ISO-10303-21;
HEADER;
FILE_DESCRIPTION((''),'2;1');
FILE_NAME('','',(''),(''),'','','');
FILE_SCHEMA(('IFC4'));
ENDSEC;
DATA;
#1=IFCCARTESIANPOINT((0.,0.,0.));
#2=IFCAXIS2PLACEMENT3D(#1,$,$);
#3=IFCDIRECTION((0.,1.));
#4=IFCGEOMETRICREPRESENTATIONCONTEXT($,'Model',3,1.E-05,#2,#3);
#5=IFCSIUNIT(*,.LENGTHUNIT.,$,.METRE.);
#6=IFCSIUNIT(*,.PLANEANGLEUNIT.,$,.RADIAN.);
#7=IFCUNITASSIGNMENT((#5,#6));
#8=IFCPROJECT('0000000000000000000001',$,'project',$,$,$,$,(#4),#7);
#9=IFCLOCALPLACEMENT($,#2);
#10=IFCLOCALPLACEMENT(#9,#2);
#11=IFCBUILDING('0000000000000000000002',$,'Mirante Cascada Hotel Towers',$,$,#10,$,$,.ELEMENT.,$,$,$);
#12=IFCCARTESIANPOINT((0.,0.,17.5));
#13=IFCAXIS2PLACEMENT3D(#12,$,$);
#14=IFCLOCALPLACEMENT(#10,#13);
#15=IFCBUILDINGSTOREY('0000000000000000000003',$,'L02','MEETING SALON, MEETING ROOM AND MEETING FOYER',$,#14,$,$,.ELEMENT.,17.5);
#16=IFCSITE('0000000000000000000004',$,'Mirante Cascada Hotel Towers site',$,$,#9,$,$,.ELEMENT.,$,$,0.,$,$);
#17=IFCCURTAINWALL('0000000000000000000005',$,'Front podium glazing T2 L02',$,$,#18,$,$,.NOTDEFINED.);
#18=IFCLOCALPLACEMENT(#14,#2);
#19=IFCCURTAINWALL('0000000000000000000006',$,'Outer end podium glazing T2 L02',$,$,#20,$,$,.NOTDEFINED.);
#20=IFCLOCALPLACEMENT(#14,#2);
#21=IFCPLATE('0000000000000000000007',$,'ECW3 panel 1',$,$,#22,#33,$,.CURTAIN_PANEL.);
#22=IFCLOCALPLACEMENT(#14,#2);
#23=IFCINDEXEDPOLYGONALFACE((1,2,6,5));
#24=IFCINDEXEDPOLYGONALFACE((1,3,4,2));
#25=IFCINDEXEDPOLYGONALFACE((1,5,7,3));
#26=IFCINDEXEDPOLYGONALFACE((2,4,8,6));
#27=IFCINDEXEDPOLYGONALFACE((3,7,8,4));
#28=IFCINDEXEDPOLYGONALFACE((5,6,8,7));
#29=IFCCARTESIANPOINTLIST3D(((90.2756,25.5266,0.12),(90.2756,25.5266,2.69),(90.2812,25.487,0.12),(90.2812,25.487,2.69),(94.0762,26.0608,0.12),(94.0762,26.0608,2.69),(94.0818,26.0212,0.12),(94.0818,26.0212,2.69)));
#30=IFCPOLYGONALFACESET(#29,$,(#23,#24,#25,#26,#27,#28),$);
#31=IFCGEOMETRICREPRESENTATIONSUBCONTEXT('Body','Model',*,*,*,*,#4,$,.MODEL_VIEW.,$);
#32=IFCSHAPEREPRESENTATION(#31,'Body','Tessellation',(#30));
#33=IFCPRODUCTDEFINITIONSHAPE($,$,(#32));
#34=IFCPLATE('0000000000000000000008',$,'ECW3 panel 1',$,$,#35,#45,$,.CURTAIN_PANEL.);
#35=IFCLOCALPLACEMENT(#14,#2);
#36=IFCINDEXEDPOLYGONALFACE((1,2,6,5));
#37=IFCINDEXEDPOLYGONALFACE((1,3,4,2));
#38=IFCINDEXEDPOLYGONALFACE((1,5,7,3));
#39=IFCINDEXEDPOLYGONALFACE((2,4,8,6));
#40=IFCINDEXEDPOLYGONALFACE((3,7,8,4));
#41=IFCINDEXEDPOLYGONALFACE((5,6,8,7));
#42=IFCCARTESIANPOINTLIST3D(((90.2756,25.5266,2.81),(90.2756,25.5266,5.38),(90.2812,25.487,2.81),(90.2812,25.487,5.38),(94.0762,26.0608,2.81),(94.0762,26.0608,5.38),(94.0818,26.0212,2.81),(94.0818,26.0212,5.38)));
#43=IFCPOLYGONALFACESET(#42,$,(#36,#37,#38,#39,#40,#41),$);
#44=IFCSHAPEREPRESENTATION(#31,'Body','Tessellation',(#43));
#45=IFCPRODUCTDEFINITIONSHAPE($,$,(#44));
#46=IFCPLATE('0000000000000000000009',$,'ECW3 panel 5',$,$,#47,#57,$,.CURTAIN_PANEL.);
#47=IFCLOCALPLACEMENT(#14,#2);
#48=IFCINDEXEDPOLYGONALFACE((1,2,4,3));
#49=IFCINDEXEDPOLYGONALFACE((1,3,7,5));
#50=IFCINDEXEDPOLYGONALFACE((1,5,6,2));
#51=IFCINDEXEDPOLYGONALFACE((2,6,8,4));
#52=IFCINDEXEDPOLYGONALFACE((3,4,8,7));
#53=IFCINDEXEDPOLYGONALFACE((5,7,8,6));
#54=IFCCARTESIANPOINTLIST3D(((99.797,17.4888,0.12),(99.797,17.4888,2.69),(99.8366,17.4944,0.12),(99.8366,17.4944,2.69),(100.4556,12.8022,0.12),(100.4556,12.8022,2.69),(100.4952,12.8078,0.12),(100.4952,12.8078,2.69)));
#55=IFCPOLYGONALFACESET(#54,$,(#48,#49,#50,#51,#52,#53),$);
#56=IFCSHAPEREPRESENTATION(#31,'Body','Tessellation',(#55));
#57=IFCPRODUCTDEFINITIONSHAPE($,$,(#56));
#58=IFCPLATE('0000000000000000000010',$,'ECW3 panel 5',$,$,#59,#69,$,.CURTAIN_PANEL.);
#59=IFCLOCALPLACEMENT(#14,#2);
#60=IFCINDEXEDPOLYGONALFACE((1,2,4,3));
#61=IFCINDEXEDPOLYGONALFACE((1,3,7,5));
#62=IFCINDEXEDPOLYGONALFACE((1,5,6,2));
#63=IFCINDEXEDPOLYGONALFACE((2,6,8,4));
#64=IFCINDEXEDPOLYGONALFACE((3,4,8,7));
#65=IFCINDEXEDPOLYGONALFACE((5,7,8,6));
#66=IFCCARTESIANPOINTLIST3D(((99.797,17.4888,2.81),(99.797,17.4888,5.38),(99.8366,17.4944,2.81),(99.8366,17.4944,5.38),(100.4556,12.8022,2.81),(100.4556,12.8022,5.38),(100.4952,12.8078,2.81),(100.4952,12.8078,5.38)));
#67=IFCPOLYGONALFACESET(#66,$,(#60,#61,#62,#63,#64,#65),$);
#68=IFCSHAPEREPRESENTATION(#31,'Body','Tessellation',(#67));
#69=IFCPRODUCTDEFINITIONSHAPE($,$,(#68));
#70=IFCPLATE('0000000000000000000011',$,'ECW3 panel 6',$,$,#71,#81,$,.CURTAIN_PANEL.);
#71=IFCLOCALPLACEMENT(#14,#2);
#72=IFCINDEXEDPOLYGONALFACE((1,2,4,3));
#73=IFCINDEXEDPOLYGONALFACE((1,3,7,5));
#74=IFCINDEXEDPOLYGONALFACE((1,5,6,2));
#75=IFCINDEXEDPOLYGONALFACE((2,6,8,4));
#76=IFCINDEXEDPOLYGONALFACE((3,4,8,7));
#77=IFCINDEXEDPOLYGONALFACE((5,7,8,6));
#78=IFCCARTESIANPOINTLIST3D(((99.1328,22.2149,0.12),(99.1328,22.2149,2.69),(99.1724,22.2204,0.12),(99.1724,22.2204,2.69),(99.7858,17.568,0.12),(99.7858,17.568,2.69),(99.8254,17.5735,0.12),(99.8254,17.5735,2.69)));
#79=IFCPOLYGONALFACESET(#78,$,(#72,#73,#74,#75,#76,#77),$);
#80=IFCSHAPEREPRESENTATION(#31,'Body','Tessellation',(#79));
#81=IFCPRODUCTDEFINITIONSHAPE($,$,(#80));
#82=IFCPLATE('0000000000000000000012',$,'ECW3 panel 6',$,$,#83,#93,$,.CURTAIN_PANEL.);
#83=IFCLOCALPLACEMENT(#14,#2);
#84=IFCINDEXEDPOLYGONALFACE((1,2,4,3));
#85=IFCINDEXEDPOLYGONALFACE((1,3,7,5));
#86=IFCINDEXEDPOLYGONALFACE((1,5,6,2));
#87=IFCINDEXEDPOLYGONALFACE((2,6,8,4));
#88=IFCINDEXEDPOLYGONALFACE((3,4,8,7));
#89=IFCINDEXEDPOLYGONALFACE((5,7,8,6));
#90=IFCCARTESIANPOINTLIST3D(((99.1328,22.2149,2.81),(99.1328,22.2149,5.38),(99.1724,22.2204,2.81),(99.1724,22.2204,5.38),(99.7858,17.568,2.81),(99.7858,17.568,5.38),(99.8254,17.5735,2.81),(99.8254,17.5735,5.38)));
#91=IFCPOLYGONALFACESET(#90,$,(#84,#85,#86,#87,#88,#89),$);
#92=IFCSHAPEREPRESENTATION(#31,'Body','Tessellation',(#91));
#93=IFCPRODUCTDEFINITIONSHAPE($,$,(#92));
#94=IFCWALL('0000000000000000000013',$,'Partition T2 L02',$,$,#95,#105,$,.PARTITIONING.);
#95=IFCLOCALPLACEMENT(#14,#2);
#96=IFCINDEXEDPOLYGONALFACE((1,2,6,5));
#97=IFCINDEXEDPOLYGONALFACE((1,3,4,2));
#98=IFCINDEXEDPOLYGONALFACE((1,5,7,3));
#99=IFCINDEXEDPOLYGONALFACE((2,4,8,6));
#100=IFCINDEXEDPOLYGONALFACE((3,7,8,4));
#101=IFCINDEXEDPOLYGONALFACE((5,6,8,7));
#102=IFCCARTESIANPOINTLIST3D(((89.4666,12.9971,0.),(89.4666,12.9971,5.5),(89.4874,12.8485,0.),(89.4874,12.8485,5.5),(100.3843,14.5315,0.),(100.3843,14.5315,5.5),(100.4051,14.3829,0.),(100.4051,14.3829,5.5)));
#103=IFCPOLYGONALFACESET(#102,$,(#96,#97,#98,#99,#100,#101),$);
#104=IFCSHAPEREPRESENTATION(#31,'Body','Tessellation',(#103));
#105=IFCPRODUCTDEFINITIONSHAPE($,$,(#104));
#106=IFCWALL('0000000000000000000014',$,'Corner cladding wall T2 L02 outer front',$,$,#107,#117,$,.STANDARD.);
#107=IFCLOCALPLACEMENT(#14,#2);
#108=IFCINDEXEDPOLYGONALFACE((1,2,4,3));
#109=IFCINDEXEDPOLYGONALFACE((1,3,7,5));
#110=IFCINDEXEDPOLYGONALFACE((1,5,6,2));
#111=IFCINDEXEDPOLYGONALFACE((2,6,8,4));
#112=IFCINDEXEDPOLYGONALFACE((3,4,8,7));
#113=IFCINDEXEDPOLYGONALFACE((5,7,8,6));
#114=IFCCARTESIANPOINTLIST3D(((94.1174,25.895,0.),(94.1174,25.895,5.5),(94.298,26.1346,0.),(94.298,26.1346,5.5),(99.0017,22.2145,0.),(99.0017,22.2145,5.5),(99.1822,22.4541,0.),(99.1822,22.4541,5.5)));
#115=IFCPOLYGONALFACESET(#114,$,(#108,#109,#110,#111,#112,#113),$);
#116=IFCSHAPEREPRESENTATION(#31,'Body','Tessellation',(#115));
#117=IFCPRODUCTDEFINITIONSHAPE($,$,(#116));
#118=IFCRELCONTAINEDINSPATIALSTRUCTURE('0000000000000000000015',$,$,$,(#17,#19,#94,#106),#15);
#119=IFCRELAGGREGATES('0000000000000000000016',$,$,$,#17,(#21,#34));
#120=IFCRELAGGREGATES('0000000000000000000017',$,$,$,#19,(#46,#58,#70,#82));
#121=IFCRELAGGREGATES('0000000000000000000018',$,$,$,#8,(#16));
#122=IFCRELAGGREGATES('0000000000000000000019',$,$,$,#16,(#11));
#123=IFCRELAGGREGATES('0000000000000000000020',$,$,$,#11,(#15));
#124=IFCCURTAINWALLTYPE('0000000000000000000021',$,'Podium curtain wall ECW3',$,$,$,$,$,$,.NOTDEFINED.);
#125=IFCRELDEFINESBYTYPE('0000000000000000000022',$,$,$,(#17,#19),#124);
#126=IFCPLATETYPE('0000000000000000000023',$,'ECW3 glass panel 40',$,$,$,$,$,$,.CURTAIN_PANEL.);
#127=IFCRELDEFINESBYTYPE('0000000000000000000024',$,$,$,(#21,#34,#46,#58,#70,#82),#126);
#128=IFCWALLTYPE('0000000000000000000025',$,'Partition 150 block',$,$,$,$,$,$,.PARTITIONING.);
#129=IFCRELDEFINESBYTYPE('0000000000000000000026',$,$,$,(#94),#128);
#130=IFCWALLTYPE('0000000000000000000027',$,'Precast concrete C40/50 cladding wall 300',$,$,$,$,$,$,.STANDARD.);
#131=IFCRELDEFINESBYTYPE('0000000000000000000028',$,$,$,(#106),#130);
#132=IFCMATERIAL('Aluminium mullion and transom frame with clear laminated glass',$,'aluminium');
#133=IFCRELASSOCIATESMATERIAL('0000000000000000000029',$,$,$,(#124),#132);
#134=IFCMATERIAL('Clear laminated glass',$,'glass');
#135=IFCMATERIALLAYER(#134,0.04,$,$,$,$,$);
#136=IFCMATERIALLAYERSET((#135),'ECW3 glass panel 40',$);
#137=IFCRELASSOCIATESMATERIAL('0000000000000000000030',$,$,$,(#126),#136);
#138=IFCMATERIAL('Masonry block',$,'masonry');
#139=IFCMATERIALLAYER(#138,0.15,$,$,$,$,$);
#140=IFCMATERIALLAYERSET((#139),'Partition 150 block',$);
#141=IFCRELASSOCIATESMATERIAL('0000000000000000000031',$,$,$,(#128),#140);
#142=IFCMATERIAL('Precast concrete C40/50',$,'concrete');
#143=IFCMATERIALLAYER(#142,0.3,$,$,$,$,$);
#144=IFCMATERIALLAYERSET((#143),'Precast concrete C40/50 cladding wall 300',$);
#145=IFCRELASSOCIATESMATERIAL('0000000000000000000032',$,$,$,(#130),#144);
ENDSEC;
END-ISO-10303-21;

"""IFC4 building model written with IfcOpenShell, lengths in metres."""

from ifc_helpers import new_model, si_unit, direction, frame, frame_2d, origin, origin_2d, place, context, subcontext, project, spatial, rectangle, extrude, material, layer, layer_set, type_object, element, aggregate, save


model = new_model("IFC4")

# Units and contexts
model_context = context("Model", 3, precision=1e-05, world=origin(), true_north=direction((0.0, 1.0)))
body_context = subcontext(model_context, "Body", "Model", "MODEL_VIEW")
ifc_project = project(units=[si_unit("LENGTHUNIT", "METRE"), si_unit("PLANEANGLEUNIT", "RADIAN")], contexts=[model_context])

# Site, building, storey
site_placement = place(None, origin())
site = spatial("IfcSite", under=ifc_project, at=site_placement, Name="Mirante Cascada Hotel Towers site", CompositionType="ELEMENT", RefElevation=0.0)
building_placement = place(site_placement, origin())
building = spatial("IfcBuilding", under=site, at=building_placement, Name="Mirante Cascada Hotel Towers", CompositionType="ELEMENT")
storey_placement = place(building_placement, frame((0.0, 0.0, 17.5)))
storey = spatial("IfcBuildingStorey", under=building, at=storey_placement, Name="L02", Description="MEETING SALON, MEETING ROOM AND MEETING FOYER", CompositionType="ELEMENT", Elevation=17.5)

# Curtain walls
ifc_material_1 = material(Name="Aluminium mullion and transom frame with clear laminated glass", Category="aluminium")
curtain_wall_type = type_object("IfcCurtainWallType", Name="Podium curtain wall ECW3", PredefinedType="NOTDEFINED", material=ifc_material_1)
curtain_wall_1_placement = place(storey_placement, origin())
curtain_wall_1 = element("IfcCurtainWall", 1, at=curtain_wall_1_placement, inside=storey, type_object=curtain_wall_type, Name="Front podium glazing T2 L02", PredefinedType="NOTDEFINED")
curtain_wall_2_placement = place(storey_placement, origin())
curtain_wall_2 = element("IfcCurtainWall", 2, at=curtain_wall_2_placement, inside=storey, type_object=curtain_wall_type, Name="Outer end podium glazing T2 L02", PredefinedType="NOTDEFINED")

# Plates
ifc_material_2 = material(Name="Clear laminated glass", Category="glass")
ifc_layer_1 = layer(ifc_material_2, 0.04)
ifc_layer_set_1 = layer_set([ifc_layer_1], Name="ECW3 glass panel 40")
plate_type = type_object("IfcPlateType", Name="ECW3 glass panel 40", PredefinedType="CURTAIN_PANEL", material=ifc_layer_set_1)
plate_1_placement = place(storey_placement, frame((92.1787, 25.7739, 0.12), z_axis=(0.0, 0.0, 1.0), x_axis=(-0.990268, -0.139173, 0.0)))
plate_1 = element("IfcPlate", 3, at=plate_1_placement, type_object=plate_type, Name="ECW3 panel 1", PredefinedType="CURTAIN_PANEL", context=body_context, shape_type="SweptSolid", body=[
    extrude(rectangle(XDim=3.8379, YDim=0.04, at=origin_2d()), origin(), (0.0, 0.0, 1.0), 2.57),
])
plate_2_placement = place(storey_placement, frame((92.1787, 25.7739, 2.81), z_axis=(0.0, 0.0, 1.0), x_axis=(-0.990268, -0.139173, 0.0)))
plate_2 = element("IfcPlate", 4, at=plate_2_placement, type_object=plate_type, Name="ECW3 panel 1", PredefinedType="CURTAIN_PANEL", context=body_context, shape_type="SweptSolid", body=[
    extrude(rectangle(XDim=3.8379, YDim=0.04, at=origin_2d()), origin(), (0.0, 0.0, 1.0), 2.57),
])
aggregate(curtain_wall_1, [plate_1, plate_2])
plate_3_placement = place(storey_placement, frame((100.1461, 15.1483, 0.12), z_axis=(0.0, 0.0, 1.0), x_axis=(-0.139173, 0.990268, 0.0)))
plate_3 = element("IfcPlate", 5, at=plate_3_placement, type_object=plate_type, Name="ECW3 panel 5", PredefinedType="CURTAIN_PANEL", context=body_context, shape_type="SweptSolid", body=[
    extrude(rectangle(XDim=4.7326, YDim=0.04, at=origin_2d()), origin(), (0.0, 0.0, 1.0), 2.57),
])
plate_4_placement = place(storey_placement, frame((100.1461, 15.1483, 2.81), z_axis=(0.0, 0.0, 1.0), x_axis=(-0.139173, 0.990268, 0.0)))
plate_4 = element("IfcPlate", 6, at=plate_4_placement, type_object=plate_type, Name="ECW3 panel 5", PredefinedType="CURTAIN_PANEL", context=body_context, shape_type="SweptSolid", body=[
    extrude(rectangle(XDim=4.7326, YDim=0.04, at=origin_2d()), origin(), (0.0, 0.0, 1.0), 2.57),
])
plate_5_placement = place(storey_placement, frame((99.4791, 19.8942, 0.12), z_axis=(0.0, 0.0, 1.0), x_axis=(-0.139173, 0.990268, 0.0)))
plate_5 = element("IfcPlate", 7, at=plate_5_placement, type_object=plate_type, Name="ECW3 panel 6", PredefinedType="CURTAIN_PANEL", context=body_context, shape_type="SweptSolid", body=[
    extrude(rectangle(XDim=4.6926, YDim=0.04, at=origin_2d()), origin(), (0.0, 0.0, 1.0), 2.57),
])
plate_6_placement = place(storey_placement, frame((99.4791, 19.8942, 2.81), z_axis=(0.0, 0.0, 1.0), x_axis=(-0.139173, 0.990268, 0.0)))
plate_6 = element("IfcPlate", 8, at=plate_6_placement, type_object=plate_type, Name="ECW3 panel 6", PredefinedType="CURTAIN_PANEL", context=body_context, shape_type="SweptSolid", body=[
    extrude(rectangle(XDim=4.6926, YDim=0.04, at=origin_2d()), origin(), (0.0, 0.0, 1.0), 2.57),
])
aggregate(curtain_wall_2, [plate_3, plate_4, plate_5, plate_6])

# Walls
ifc_material_3 = material(Name="Masonry block", Category="masonry")
ifc_layer_2 = layer(ifc_material_3, 0.15)
ifc_layer_set_2 = layer_set([ifc_layer_2], Name="Partition 150 block")
wall_type_1 = type_object("IfcWallType", Name="Partition 150 block", PredefinedType="PARTITIONING", material=ifc_layer_set_2)
wall_1_placement = place(storey_placement, frame((89.477, 12.9228, 0.0), z_axis=(0.0, 0.0, 1.0), x_axis=(0.990268, 0.139175, 0.0)))
element("IfcWall", 9, at=wall_1_placement, inside=storey, type_object=wall_type_1, Name="Partition T2 L02", PredefinedType="PARTITIONING", context=body_context, shape_type="SweptSolid", body=[
    extrude(rectangle(XDim=11.025, YDim=0.15, at=frame_2d((5.5125, 0.0))), origin(), (0.0, 0.0, 1.0), 5.5),
])
ifc_material_4 = material(Name="Precast concrete C40/50", Category="concrete")
ifc_layer_3 = layer(ifc_material_4, 0.3)
ifc_layer_set_3 = layer_set([ifc_layer_3], Name="Precast concrete C40/50 cladding wall 300")
wall_type_2 = type_object("IfcWallType", Name="Precast concrete C40/50 cladding wall 300", PredefinedType="STANDARD", material=ifc_layer_set_3)
wall_2_placement = place(storey_placement, frame((99.0919, 22.3343, 0.0), z_axis=(0.0, 0.0, 1.0), x_axis=(-0.798636, 0.601814, 0.0)))
element("IfcWall", 10, at=wall_2_placement, inside=storey, type_object=wall_type_2, Name="Corner cladding wall T2 L02 outer front", PredefinedType="STANDARD", context=body_context, shape_type="SweptSolid", body=[
    extrude(rectangle(XDim=6.1157, YDim=0.3, at=frame_2d((3.0578, 0.0))), origin(), (0.0, 0.0, 1.0), 5.5),
])

save(model, "model.ifc")
